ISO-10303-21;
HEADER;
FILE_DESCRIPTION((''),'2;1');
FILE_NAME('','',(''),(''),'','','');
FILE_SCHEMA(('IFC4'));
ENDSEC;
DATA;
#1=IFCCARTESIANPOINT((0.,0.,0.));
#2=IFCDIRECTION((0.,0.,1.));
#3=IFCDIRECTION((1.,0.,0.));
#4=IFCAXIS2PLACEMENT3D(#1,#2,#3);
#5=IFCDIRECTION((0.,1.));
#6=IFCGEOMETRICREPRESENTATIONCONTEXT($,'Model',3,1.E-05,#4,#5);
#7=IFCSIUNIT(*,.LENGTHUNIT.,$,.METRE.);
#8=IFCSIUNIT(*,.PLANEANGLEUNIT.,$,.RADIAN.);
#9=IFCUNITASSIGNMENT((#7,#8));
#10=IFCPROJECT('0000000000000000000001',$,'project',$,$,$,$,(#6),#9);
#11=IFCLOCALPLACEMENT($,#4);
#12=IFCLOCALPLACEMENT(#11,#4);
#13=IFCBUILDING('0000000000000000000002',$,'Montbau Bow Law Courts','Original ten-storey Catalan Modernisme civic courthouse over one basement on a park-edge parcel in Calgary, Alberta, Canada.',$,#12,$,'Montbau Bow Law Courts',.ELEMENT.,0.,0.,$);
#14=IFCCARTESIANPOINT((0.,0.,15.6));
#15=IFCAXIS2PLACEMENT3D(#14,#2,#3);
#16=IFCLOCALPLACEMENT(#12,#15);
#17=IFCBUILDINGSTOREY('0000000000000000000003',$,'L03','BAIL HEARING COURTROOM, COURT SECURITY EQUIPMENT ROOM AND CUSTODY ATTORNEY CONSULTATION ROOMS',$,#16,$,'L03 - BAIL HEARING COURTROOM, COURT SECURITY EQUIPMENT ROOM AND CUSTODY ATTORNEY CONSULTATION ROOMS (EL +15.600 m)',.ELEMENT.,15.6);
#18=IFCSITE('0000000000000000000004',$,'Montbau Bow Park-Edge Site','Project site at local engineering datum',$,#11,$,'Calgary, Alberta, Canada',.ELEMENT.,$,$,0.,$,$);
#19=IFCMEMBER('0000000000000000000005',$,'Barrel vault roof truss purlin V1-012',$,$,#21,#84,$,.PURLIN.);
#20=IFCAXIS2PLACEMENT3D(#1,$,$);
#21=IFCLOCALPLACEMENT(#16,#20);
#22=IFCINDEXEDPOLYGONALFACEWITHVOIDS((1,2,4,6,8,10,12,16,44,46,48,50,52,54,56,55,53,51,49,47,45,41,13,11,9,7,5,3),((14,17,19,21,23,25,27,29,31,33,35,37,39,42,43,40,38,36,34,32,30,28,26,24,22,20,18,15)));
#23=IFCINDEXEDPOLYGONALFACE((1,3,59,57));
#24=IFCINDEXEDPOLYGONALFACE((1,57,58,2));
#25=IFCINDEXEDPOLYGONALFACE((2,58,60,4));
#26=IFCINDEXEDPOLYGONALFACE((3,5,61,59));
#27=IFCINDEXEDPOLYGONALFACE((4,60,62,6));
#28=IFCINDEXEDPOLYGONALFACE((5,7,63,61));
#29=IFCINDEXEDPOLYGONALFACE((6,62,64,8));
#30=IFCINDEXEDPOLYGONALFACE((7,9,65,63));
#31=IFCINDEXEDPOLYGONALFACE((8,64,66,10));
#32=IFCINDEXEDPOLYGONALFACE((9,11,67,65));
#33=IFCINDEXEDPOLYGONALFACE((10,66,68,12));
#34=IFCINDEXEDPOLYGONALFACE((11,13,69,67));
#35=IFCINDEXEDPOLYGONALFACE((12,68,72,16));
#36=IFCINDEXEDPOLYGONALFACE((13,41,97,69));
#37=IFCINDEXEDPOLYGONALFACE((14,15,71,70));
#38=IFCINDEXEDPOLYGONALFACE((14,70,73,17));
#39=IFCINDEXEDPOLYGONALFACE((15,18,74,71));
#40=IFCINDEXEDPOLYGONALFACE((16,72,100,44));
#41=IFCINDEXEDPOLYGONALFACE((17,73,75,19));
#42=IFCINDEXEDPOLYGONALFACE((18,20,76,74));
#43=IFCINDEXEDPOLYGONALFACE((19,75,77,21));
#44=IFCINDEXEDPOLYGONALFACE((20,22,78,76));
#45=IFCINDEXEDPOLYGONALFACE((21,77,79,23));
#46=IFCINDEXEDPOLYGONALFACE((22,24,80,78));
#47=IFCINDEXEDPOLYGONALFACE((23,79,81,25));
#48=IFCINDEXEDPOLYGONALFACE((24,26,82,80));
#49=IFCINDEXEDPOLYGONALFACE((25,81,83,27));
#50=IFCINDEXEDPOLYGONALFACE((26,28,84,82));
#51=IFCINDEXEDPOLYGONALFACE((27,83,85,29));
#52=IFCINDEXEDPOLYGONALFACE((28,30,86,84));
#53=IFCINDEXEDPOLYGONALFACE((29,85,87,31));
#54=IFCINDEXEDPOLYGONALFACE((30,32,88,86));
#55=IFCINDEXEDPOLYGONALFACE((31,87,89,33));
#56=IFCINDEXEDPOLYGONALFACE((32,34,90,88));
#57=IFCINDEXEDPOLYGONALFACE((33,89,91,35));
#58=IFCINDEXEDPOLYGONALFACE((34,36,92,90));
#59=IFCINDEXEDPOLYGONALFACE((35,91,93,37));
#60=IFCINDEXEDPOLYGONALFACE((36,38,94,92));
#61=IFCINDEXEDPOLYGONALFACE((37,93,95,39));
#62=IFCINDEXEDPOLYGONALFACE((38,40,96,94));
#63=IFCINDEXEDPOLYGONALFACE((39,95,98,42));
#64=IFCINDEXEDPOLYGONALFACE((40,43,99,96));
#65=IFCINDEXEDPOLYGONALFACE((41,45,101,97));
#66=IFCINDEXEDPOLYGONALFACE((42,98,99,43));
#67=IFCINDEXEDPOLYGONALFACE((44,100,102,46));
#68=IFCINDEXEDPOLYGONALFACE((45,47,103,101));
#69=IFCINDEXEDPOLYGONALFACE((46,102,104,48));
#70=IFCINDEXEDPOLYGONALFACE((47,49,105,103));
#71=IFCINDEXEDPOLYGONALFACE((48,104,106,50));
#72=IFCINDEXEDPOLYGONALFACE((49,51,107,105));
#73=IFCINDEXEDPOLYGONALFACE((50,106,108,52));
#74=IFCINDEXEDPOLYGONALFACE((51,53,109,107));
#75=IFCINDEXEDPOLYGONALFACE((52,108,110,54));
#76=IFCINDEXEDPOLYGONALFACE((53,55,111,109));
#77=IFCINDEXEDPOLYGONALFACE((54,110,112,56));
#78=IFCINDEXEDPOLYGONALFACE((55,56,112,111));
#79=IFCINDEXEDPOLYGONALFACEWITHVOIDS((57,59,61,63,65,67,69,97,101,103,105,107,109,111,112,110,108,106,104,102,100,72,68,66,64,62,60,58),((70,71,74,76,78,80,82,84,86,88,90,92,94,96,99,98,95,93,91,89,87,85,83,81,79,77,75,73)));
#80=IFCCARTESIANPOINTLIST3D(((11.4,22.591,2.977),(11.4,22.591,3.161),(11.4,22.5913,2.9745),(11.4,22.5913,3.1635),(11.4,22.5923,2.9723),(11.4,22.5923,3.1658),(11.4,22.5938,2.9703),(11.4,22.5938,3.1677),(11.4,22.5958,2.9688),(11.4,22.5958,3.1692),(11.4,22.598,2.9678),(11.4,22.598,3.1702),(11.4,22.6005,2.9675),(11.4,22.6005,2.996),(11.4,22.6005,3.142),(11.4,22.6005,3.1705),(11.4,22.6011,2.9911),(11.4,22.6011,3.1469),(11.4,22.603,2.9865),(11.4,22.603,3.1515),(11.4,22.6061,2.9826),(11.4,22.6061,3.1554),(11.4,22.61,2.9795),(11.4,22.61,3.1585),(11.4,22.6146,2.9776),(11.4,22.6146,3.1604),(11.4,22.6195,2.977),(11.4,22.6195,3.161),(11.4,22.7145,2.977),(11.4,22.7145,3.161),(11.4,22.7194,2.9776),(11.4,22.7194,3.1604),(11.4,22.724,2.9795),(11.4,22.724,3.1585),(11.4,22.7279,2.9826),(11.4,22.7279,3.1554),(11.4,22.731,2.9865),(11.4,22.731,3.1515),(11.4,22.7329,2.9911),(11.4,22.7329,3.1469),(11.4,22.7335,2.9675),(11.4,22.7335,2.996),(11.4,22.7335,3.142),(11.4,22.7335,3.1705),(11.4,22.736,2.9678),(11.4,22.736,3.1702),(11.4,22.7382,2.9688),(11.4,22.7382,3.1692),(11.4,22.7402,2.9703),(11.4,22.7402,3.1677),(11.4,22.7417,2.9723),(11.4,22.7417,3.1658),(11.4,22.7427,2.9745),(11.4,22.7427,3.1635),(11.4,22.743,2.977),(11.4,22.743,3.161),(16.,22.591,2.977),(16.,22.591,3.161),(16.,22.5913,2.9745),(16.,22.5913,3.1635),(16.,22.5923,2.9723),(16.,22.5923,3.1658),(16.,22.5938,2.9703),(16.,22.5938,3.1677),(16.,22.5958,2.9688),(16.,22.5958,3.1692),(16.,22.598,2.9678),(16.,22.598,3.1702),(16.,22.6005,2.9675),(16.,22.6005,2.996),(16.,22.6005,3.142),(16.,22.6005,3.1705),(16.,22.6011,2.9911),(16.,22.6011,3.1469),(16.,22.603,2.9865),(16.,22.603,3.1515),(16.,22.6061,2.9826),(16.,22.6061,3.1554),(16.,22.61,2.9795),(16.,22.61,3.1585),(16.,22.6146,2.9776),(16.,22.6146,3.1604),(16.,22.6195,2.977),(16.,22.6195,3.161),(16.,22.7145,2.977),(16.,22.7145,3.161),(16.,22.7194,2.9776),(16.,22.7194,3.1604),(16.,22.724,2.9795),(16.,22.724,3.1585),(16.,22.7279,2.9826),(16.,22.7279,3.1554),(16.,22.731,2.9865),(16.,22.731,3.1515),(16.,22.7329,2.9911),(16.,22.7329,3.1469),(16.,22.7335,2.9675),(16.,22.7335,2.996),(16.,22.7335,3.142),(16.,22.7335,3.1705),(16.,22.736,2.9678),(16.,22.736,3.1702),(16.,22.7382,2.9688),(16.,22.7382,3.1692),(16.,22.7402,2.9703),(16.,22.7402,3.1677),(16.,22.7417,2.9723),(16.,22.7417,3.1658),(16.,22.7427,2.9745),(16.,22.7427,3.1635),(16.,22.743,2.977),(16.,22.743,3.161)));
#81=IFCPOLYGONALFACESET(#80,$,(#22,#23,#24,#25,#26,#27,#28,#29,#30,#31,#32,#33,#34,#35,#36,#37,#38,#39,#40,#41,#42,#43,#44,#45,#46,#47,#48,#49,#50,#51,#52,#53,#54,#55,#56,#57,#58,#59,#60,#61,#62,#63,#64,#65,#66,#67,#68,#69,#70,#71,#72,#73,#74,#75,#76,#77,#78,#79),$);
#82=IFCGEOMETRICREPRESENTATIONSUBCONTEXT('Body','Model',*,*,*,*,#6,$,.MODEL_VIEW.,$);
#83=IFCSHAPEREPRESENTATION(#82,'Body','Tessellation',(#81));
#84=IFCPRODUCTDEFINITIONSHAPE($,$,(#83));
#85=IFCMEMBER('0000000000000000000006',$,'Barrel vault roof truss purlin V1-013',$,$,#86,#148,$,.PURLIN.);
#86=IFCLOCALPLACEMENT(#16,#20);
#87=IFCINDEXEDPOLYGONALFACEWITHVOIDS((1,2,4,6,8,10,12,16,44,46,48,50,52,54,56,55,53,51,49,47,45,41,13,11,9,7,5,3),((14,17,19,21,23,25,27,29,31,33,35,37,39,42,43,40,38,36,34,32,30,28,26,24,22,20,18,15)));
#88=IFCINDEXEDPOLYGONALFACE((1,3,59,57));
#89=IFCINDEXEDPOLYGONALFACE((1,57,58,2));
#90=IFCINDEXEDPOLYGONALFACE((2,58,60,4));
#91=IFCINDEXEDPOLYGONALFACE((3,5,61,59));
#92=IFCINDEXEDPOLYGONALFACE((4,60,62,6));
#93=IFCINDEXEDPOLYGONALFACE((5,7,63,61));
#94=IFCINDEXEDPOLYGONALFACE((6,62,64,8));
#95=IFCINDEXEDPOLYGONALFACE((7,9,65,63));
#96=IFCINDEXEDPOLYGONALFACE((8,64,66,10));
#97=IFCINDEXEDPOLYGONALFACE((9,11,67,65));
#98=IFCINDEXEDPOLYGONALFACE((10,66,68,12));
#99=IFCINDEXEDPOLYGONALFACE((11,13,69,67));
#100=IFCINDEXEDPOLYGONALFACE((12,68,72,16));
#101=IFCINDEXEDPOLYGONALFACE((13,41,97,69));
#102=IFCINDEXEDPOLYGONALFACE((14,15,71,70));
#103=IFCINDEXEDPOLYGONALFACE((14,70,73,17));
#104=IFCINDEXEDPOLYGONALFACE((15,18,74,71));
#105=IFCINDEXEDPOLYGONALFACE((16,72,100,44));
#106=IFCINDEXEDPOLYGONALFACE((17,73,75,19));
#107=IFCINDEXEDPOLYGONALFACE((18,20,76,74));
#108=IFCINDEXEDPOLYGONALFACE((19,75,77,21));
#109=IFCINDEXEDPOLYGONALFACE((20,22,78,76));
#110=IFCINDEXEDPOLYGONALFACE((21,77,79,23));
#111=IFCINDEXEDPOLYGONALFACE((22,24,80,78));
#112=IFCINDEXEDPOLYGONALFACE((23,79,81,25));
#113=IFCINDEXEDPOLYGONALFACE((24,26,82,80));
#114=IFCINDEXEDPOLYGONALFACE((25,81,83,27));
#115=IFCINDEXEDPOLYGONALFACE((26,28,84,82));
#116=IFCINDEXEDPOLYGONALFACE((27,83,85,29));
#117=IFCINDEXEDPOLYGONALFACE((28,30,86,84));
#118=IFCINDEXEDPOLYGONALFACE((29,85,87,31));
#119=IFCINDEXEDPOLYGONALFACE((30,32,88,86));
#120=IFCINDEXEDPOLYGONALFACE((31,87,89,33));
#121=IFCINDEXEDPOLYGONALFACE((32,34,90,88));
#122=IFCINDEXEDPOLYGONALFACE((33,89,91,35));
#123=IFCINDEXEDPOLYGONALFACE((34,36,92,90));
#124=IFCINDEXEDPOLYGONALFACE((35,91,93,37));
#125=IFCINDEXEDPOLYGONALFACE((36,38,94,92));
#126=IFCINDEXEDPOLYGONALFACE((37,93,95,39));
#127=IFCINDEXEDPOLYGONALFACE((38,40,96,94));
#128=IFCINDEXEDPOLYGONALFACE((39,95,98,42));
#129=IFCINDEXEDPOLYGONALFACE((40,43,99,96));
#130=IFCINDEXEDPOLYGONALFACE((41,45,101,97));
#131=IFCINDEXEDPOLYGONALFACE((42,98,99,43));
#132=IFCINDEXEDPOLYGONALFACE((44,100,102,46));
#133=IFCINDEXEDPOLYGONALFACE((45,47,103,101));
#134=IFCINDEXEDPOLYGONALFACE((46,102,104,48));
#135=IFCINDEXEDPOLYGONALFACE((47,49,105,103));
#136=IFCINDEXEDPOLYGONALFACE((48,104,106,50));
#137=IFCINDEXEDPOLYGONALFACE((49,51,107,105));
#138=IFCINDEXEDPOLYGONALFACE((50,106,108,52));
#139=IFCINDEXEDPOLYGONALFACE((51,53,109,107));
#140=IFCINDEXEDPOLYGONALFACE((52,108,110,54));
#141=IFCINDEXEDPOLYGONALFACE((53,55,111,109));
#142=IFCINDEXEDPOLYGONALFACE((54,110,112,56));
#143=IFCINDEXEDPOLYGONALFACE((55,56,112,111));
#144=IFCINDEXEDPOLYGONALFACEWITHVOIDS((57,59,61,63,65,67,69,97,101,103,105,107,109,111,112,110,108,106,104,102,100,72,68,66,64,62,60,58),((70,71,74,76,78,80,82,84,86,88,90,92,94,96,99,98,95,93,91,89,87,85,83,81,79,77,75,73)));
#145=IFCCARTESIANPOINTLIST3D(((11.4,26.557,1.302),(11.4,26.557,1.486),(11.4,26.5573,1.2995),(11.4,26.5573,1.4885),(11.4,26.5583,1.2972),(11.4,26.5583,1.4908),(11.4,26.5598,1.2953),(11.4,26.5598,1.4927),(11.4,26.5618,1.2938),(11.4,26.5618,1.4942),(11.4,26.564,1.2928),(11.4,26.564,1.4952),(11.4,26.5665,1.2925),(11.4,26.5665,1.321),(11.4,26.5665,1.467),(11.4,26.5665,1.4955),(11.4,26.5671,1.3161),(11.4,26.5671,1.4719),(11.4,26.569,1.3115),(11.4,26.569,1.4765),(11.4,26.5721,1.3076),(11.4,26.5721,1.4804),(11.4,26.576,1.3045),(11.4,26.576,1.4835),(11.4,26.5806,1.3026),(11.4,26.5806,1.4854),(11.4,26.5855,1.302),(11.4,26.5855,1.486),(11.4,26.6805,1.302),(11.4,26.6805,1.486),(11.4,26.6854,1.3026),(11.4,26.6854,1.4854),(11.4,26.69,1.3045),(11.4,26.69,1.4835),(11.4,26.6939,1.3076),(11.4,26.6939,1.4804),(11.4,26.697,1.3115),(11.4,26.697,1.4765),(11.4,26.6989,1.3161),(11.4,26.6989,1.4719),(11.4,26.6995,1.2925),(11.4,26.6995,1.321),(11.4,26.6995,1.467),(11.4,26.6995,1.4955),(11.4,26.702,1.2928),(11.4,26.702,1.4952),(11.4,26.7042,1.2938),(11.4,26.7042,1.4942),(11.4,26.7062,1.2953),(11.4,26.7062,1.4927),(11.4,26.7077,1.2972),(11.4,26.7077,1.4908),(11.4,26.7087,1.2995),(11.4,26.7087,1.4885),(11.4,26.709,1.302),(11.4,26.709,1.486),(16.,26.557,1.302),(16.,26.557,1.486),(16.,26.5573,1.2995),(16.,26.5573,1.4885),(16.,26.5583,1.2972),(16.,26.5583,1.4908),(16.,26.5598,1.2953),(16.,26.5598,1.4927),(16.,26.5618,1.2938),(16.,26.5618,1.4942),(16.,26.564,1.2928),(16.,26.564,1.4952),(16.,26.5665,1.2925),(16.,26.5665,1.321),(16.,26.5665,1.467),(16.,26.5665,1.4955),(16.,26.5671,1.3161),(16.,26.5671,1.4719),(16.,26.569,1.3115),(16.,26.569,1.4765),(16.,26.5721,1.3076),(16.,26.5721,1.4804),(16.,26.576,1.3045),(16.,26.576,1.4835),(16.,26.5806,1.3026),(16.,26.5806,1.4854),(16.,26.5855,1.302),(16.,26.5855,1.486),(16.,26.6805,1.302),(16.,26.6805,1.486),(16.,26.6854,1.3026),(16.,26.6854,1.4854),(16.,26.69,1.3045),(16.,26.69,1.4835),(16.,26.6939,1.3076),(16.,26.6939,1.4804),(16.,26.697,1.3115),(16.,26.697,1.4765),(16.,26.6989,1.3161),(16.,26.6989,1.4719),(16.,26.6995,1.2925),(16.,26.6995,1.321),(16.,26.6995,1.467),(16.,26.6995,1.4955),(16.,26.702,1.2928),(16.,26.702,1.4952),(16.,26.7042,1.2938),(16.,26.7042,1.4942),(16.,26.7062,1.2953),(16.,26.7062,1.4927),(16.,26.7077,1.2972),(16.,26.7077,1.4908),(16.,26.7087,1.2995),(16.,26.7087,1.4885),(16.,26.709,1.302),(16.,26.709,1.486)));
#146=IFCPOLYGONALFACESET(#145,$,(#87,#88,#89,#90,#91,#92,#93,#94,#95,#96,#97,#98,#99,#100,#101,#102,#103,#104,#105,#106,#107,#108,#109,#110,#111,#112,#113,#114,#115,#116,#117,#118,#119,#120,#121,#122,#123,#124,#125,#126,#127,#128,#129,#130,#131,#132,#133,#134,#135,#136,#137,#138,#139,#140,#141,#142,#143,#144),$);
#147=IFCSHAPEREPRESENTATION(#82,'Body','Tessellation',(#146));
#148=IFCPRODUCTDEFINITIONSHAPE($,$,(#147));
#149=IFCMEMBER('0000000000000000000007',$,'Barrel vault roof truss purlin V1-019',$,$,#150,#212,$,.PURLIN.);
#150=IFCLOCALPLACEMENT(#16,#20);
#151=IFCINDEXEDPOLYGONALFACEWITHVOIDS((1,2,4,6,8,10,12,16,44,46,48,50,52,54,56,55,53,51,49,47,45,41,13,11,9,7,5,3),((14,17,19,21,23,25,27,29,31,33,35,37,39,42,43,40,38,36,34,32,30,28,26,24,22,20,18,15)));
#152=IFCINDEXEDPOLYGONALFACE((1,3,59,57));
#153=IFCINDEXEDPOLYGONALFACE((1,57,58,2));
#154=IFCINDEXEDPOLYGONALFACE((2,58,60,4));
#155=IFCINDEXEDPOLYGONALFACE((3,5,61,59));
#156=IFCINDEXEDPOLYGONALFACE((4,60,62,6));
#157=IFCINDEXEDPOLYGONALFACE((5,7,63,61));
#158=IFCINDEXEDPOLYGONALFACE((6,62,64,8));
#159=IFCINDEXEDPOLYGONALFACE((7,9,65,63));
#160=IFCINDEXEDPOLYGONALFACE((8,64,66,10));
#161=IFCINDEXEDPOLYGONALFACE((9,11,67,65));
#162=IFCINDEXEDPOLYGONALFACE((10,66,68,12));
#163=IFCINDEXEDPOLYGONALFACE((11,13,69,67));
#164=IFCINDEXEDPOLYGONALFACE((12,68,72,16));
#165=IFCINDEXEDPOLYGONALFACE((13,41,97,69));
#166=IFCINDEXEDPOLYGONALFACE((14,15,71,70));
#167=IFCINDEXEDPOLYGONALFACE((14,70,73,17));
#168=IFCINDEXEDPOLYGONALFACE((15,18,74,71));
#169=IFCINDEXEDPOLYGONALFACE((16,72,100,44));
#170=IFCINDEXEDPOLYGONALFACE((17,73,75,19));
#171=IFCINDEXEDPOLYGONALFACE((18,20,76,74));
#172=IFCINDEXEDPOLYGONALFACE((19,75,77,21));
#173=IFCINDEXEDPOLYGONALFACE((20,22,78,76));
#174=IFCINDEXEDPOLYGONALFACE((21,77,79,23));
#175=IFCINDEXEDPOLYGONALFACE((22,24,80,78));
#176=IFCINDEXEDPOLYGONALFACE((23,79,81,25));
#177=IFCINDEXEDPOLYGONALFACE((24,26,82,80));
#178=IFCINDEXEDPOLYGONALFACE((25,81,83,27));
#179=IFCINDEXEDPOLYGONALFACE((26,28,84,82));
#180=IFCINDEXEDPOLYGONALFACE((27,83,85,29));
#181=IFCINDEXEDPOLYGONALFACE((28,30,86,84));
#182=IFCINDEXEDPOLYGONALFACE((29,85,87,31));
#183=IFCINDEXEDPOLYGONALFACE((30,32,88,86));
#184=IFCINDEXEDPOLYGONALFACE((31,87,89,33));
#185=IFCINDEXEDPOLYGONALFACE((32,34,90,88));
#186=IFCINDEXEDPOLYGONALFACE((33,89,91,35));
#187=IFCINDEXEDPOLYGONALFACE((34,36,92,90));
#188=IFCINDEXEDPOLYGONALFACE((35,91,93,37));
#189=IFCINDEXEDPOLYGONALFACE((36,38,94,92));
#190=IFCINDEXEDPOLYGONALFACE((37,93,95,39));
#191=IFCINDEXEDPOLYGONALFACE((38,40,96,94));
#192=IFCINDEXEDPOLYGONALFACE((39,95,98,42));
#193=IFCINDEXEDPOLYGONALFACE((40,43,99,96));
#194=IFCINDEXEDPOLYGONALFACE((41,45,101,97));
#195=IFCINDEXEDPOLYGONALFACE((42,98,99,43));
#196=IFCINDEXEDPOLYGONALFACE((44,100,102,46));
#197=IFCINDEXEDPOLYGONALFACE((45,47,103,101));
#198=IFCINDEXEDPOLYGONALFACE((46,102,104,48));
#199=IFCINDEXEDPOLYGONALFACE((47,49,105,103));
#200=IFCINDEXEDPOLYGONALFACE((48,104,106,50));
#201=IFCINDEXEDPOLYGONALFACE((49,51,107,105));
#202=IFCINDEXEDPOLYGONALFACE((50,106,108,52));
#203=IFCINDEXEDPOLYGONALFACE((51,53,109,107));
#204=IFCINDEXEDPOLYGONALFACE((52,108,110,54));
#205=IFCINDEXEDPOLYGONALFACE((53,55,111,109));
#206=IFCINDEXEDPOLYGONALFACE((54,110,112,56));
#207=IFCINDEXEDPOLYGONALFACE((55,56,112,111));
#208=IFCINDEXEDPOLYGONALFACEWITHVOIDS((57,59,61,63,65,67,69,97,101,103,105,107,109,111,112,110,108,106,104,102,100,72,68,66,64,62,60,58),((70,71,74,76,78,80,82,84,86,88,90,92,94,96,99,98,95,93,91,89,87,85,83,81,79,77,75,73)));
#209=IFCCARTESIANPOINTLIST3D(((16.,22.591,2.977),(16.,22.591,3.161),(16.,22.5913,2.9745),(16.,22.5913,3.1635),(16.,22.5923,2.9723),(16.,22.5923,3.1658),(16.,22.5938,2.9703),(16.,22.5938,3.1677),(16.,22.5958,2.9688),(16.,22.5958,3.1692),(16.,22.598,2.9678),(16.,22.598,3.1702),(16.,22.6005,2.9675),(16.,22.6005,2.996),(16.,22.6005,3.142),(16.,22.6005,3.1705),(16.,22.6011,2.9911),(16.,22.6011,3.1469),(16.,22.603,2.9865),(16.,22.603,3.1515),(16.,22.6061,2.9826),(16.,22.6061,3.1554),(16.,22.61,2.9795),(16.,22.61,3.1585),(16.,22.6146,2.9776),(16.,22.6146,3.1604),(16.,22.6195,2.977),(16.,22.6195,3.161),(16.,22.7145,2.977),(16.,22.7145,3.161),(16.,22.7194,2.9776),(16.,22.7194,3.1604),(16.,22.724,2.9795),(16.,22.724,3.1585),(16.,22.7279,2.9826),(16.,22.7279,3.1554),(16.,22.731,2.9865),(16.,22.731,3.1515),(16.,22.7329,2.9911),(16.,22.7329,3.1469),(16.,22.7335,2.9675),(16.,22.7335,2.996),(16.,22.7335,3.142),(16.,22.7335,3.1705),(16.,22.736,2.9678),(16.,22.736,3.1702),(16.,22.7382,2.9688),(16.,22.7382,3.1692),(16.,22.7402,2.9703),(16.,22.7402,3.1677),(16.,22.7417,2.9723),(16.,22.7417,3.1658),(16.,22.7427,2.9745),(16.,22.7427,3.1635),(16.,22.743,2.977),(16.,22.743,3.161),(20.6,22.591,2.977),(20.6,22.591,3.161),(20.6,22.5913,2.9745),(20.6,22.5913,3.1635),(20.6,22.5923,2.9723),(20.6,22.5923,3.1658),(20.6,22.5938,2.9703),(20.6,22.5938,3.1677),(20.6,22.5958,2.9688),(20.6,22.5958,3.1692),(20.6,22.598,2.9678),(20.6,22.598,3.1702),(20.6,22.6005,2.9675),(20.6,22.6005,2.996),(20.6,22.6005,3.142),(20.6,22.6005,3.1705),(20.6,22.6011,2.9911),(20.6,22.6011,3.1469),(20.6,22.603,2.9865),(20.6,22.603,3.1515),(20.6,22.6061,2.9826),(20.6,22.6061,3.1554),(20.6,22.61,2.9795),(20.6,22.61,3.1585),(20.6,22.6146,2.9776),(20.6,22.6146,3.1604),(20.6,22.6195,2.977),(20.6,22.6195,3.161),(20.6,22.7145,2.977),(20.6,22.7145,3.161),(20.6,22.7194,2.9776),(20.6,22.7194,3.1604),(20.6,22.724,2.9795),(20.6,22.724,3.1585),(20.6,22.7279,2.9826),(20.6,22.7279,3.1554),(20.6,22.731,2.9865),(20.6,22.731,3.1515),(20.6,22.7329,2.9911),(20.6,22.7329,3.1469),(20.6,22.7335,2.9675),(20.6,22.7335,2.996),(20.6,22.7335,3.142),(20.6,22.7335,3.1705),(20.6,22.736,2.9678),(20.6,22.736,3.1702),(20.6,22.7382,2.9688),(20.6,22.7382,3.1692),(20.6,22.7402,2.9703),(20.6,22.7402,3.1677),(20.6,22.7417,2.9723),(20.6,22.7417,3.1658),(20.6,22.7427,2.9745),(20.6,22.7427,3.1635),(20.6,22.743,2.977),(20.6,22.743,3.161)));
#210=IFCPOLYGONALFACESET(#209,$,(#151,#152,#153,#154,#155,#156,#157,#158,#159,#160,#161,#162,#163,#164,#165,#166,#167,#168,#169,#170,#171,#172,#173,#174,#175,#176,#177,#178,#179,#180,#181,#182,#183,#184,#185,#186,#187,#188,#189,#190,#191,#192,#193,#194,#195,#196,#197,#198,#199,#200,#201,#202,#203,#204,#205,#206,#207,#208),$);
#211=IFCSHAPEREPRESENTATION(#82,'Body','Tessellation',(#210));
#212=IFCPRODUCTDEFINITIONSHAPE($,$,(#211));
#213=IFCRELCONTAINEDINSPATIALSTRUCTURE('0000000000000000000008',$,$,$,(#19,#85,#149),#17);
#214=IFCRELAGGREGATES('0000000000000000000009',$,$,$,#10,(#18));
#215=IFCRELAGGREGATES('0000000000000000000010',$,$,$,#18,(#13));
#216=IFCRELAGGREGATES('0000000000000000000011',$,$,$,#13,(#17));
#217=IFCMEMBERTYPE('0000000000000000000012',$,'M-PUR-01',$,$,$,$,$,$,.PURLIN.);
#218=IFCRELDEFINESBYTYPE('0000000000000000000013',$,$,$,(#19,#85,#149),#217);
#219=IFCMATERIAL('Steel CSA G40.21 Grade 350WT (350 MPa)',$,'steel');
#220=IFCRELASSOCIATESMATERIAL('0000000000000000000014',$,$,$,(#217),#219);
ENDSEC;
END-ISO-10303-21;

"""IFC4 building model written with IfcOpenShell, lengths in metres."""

from ifc_helpers import new_model, si_unit, direction, frame, origin_with_axes, origin_2d_with_axis, place, context, subcontext, project, spatial, hollow_rectangle, extrude, material, material_profile, profile_set, type_object, element, save


model = new_model("IFC4")

# Units and contexts
model_context = context("Model", 3, precision=1e-05, world=origin_with_axes(), true_north=direction((0.0, 1.0)))
body_context = subcontext(model_context, "Body", "Model", "MODEL_VIEW")
ifc_project = project(units=[si_unit("LENGTHUNIT", "METRE"), si_unit("PLANEANGLEUNIT", "RADIAN")], contexts=[model_context])

# Site, building, storey
site_placement = place(None, origin_with_axes())
site = spatial("IfcSite", under=ifc_project, at=site_placement, Name="Montbau Bow Park-Edge Site", Description="Project site at local engineering datum", LongName="Calgary, Alberta, Canada", CompositionType="ELEMENT", RefElevation=0.0)
building_placement = place(site_placement, origin_with_axes())
building = spatial("IfcBuilding", under=site, at=building_placement, Name="Montbau Bow Law Courts", Description="Original ten-storey Catalan Modernisme civic courthouse over one basement on a park-edge parcel in Calgary, Alberta, Canada.", LongName="Montbau Bow Law Courts", CompositionType="ELEMENT", ElevationOfRefHeight=0.0, ElevationOfTerrain=0.0)
storey_placement = place(building_placement, frame((0.0, 0.0, 15.6), z_axis=(0.0, 0.0, 1.0), x_axis=(1.0, 0.0, 0.0)))
storey = spatial("IfcBuildingStorey", under=building, at=storey_placement, Name="L03", Description="BAIL HEARING COURTROOM, COURT SECURITY EQUIPMENT ROOM AND CUSTODY ATTORNEY CONSULTATION ROOMS", LongName="L03 - BAIL HEARING COURTROOM, COURT SECURITY EQUIPMENT ROOM AND CUSTODY ATTORNEY CONSULTATION ROOMS (EL +15.600 m)", CompositionType="ELEMENT", Elevation=15.6)

# Shared definitions
ifc_material_1 = material(Name="Steel CSA G40.21 Grade 350WT (350 MPa)", Category="steel")

# Members
ifc_material_profile_1 = material_profile(ifc_material_1, hollow_rectangle(XDim=0.152, YDim=0.203, WallThickness=0.0095, InnerFilletRadius=0.019, OuterFilletRadius=0.0095, at=origin_2d_with_axis()), Name="HSS203X152X9.5", Category="Main", Priority=0)
ifc_profile_set_1 = profile_set([ifc_material_profile_1], Name="Steel CSA G40.21 Grade 350WT (350 MPa)")
member_type = type_object("IfcMemberType", Name="M-PUR-01", PredefinedType="PURLIN", material=ifc_profile_set_1)
for number, where, z_axis, x_axis, name in (
    (1, (11.4, 22.667, 18.669), (1.0, 0.0, 0.0), (0.0, 1.0, 0.0), "Barrel vault roof truss purlin V1-012"),
    (2, (11.4, 26.633, 16.994), (1.0, 0.0, 0.0), (0.0, 1.0, 0.0), "Barrel vault roof truss purlin V1-013"),
    (3, (16.0, 22.667, 18.669), (1.0, 0.0, 0.0), (0.0, 1.0, 0.0), "Barrel vault roof truss purlin V1-019"),
):
    element("IfcMember", number, at=place(None, frame(where, z_axis=z_axis, x_axis=x_axis)), inside=storey, type_object=member_type, Name=name, PredefinedType="PURLIN", context=body_context, shape_type="SweptSolid", body=[
        extrude(hollow_rectangle(XDim=0.152, YDim=0.203, WallThickness=0.0095, InnerFilletRadius=0.019, OuterFilletRadius=0.0095, at=origin_2d_with_axis()), origin_with_axes(), (0.0, 0.0, 1.0), 4.6),
    ])

save(model, "model.ifc")
